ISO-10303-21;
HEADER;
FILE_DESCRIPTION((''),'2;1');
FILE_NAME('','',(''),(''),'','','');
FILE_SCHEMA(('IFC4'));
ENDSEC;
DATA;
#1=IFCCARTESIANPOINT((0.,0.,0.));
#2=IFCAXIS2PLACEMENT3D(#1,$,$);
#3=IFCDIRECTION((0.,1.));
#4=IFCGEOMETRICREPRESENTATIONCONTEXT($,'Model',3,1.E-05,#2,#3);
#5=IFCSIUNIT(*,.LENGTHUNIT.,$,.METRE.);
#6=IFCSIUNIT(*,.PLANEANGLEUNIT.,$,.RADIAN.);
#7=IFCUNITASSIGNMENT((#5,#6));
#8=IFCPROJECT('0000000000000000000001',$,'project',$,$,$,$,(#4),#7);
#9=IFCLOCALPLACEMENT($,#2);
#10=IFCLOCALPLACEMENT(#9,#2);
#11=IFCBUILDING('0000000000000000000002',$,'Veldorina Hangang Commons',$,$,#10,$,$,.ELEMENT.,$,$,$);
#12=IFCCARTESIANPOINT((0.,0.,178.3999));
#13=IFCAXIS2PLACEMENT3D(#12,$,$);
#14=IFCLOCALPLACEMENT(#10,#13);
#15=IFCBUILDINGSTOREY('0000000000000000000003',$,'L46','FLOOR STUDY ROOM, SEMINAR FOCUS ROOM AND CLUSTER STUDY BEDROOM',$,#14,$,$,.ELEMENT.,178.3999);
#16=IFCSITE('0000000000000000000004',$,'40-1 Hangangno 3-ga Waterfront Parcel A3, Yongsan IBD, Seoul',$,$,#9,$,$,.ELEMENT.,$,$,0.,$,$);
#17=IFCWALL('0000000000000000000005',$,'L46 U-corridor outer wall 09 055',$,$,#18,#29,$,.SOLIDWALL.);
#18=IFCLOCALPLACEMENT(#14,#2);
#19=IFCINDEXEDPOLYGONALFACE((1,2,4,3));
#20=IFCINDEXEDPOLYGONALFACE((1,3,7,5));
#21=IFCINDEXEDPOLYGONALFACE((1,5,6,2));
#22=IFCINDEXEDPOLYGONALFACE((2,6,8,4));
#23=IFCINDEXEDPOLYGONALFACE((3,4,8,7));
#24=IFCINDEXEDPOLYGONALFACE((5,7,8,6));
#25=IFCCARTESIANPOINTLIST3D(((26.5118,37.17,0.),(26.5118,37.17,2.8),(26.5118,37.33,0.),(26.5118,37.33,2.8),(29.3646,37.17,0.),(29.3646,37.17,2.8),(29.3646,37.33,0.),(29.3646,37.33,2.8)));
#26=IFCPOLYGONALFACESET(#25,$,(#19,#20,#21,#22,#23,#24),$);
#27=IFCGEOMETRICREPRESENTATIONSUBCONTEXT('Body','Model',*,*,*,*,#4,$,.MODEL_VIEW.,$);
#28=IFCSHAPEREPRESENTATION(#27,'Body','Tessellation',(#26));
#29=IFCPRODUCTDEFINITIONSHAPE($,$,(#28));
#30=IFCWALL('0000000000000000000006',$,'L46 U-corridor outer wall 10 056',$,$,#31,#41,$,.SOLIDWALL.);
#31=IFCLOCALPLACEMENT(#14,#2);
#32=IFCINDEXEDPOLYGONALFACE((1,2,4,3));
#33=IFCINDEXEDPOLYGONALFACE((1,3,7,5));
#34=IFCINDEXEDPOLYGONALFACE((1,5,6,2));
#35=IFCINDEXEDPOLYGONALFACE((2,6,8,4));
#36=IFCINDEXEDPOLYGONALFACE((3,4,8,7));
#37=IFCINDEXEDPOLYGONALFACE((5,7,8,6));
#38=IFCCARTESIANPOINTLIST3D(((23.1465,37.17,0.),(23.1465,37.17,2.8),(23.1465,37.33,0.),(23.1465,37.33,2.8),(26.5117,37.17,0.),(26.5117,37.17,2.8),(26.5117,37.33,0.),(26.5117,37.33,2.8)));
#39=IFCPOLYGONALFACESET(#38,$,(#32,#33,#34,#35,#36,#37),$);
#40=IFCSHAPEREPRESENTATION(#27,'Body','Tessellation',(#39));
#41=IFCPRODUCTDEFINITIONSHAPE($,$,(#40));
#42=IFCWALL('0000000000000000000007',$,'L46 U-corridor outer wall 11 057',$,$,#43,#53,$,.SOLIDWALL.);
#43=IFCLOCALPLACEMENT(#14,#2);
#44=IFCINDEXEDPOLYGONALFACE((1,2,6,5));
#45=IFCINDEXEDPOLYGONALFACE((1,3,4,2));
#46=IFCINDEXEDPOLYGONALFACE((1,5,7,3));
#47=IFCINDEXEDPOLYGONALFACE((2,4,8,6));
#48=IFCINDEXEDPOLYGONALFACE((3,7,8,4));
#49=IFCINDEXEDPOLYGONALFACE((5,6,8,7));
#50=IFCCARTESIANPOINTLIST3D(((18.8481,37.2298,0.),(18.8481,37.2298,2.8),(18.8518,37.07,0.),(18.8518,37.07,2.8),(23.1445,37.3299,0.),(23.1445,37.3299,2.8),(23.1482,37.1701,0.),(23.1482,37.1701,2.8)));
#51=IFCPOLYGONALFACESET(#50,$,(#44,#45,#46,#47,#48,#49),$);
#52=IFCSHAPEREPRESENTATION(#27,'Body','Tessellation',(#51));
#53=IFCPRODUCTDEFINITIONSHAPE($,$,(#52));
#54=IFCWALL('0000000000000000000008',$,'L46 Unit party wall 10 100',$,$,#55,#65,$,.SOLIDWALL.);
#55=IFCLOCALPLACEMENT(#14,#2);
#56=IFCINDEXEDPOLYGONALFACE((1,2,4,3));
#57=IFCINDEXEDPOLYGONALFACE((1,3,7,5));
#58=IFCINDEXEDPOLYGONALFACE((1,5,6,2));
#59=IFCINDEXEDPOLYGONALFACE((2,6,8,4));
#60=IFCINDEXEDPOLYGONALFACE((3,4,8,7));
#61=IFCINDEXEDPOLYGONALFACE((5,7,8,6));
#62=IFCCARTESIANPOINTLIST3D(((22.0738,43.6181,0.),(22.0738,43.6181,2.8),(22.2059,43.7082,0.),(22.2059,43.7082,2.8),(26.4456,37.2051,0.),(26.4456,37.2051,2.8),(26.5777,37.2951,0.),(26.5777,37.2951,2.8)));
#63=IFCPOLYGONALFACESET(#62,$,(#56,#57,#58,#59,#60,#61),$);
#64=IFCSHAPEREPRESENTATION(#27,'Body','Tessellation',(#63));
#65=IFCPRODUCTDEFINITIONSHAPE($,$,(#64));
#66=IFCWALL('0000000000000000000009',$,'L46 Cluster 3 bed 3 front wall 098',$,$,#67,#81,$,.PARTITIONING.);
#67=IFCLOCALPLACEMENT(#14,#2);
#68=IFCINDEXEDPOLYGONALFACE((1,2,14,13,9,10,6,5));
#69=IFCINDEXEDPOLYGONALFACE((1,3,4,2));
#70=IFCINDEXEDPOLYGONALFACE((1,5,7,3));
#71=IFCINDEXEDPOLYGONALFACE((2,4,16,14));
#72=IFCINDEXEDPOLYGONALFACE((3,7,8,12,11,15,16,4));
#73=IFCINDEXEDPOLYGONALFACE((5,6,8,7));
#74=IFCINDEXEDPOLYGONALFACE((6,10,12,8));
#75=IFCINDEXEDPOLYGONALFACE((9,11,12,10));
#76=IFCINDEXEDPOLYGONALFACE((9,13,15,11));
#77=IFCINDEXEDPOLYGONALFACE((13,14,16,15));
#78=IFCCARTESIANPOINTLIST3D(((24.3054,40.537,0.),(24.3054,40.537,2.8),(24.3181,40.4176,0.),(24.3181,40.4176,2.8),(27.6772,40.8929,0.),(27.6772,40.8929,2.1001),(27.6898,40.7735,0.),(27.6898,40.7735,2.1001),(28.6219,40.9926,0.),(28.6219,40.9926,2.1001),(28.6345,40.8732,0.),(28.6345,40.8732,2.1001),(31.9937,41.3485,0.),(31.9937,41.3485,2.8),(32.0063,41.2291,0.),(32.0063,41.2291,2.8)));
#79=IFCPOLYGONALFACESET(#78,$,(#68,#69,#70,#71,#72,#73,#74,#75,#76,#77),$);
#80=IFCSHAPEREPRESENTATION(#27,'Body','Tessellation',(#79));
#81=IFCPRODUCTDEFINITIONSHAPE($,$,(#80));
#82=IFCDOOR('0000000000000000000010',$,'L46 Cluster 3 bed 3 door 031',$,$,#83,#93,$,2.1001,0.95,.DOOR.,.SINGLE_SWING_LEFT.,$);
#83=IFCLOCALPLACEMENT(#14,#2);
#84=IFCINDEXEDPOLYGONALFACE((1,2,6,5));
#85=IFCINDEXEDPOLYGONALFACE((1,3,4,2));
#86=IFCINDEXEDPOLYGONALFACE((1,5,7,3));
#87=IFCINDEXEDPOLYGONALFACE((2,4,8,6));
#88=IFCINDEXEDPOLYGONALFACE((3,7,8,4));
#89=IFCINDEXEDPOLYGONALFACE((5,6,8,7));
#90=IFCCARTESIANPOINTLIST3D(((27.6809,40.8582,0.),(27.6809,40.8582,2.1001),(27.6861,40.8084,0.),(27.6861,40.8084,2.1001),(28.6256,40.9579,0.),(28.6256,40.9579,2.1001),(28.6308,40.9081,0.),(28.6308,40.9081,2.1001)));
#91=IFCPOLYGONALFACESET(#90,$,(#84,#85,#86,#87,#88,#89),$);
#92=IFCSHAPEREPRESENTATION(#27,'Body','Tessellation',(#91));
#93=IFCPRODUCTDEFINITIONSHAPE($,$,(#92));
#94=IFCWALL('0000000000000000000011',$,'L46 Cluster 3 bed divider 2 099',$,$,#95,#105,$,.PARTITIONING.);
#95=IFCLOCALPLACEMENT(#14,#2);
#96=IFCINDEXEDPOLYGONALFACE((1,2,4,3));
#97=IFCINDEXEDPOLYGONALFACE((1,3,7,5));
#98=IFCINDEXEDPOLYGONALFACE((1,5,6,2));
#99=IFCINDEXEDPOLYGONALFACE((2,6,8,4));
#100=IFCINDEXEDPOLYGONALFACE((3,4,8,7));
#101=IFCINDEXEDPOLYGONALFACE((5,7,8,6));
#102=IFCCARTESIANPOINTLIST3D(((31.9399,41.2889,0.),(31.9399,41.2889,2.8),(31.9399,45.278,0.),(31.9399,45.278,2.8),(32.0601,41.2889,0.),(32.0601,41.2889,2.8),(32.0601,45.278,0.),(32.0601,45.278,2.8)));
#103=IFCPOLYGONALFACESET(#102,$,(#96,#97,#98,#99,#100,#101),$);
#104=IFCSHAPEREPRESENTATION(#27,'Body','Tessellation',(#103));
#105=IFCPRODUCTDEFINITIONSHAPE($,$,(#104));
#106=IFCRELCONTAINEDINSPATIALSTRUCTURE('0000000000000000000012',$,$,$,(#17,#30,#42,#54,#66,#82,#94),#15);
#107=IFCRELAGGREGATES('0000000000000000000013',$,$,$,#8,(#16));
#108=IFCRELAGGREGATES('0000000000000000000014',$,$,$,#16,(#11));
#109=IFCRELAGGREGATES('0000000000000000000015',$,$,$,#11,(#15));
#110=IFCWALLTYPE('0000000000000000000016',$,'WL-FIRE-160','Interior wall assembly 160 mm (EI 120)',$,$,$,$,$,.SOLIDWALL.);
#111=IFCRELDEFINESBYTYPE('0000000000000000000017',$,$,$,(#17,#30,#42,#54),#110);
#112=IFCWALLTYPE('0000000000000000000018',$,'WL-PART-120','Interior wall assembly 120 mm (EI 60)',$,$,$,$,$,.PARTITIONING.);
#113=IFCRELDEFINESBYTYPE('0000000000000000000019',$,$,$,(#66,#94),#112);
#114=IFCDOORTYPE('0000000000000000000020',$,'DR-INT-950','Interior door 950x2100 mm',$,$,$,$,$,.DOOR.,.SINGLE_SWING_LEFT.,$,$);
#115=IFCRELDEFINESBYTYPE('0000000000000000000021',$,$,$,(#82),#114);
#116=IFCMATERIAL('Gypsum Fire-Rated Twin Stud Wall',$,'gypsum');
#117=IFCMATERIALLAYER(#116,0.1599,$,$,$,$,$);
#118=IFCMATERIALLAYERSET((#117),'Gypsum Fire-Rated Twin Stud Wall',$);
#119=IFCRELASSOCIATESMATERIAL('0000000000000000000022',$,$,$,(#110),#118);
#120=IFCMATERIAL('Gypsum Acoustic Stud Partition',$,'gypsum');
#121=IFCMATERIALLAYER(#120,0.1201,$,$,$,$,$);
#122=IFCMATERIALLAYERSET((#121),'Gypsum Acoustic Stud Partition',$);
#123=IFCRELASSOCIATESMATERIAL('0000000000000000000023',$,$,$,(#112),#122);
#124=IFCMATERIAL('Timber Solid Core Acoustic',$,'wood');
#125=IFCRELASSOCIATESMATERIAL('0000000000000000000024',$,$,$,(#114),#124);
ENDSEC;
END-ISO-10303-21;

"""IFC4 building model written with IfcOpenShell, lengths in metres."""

from ifc_helpers import new_model, si_unit, direction, frame, frame_2d, origin, place, context, subcontext, project, spatial, rectangle, extrude, material, layer, layer_set, type_object, element, fill, save


model = new_model("IFC4")

# Units and contexts
model_context = context("Model", 3, precision=1e-05, world=origin(), true_north=direction((0.0, 1.0)))
body_context = subcontext(model_context, "Body", "Model", "MODEL_VIEW")
ifc_project = project(units=[si_unit("LENGTHUNIT", "METRE"), si_unit("PLANEANGLEUNIT", "RADIAN")], contexts=[model_context])

# Site, building, storey
site_placement = place(None, origin())
site = spatial("IfcSite", under=ifc_project, at=site_placement, Name="40-1 Hangangno 3-ga Waterfront Parcel A3, Yongsan IBD, Seoul", CompositionType="ELEMENT", RefElevation=0.0)
building_placement = place(site_placement, origin())
building = spatial("IfcBuilding", under=site, at=building_placement, Name="Veldorina Hangang Commons", CompositionType="ELEMENT")
storey_placement = place(building_placement, frame((0.0, 0.0, 178.3999)))
storey = spatial("IfcBuildingStorey", under=building, at=storey_placement, Name="L46", Description="FLOOR STUDY ROOM, SEMINAR FOCUS ROOM AND CLUSTER STUDY BEDROOM", CompositionType="ELEMENT", Elevation=178.3999)

# Walls
ifc_material_1 = material(Name="Gypsum Fire-Rated Twin Stud Wall", Category="gypsum")
ifc_layer_1 = layer(ifc_material_1, 0.1599)
ifc_layer_set_1 = layer_set([ifc_layer_1], Name="Gypsum Fire-Rated Twin Stud Wall")
wall_type_1 = type_object("IfcWallType", Name="WL-FIRE-160", Description="Interior wall assembly 160 mm (EI 120)", PredefinedType="SOLIDWALL", material=ifc_layer_set_1)
wall_1_placement = place(storey_placement, frame((29.3645, 37.25, 0.0), z_axis=(0.0, 0.0, 1.0), x_axis=(-1.0, 0.0, 0.0)))
element("IfcWall", 1, at=wall_1_placement, inside=storey, type_object=wall_type_1, Name="L46 U-corridor outer wall 09 055", PredefinedType="SOLIDWALL", context=body_context, shape_type="SweptSolid", body=[
    extrude(rectangle(XDim=2.8528, YDim=0.1599, at=frame_2d((1.4263, 0.0))), origin(), (0.0, 0.0, 1.0), 2.8),
])
wall_2_placement = place(storey_placement, frame((26.5117, 37.25, 0.0), z_axis=(0.0, 0.0, 1.0), x_axis=(-1.0, 0.0, 0.0)))
element("IfcWall", 2, at=wall_2_placement, inside=storey, type_object=wall_type_1, Name="L46 U-corridor outer wall 10 056", PredefinedType="SOLIDWALL", context=body_context, shape_type="SweptSolid", body=[
    extrude(rectangle(XDim=3.3652, YDim=0.1599, at=frame_2d((1.6826, 0.0))), origin(), (0.0, 0.0, 1.0), 2.8),
])
wall_3_placement = place(storey_placement, frame((23.1465, 37.25, 0.0), z_axis=(0.0, 0.0, 1.0), x_axis=(-0.999729, -0.023292, 0.0)))
element("IfcWall", 3, at=wall_3_placement, inside=storey, type_object=wall_type_1, Name="L46 U-corridor outer wall 11 057", PredefinedType="SOLIDWALL", context=body_context, shape_type="SweptSolid", body=[
    extrude(rectangle(XDim=4.2976, YDim=0.1599, at=frame_2d((2.1489, 0.0))), origin(), (0.0, 0.0, 1.0), 2.8),
])
wall_4_placement = place(storey_placement, frame((26.5117, 37.25, 0.0), z_axis=(0.0, 0.0, 1.0), x_axis=(-0.563272, 0.826271, 0.0)))
element("IfcWall", 4, at=wall_4_placement, inside=storey, type_object=wall_type_1, Name="L46 Unit party wall 10 100", PredefinedType="SOLIDWALL", context=body_context, shape_type="SweptSolid", body=[
    extrude(rectangle(XDim=7.7615, YDim=0.1599, at=frame_2d((3.8809, 0.0))), origin(), (0.0, 0.0, 1.0), 2.8),
])

# Wall, opening, door
ifc_material_2 = material(Name="Gypsum Acoustic Stud Partition", Category="gypsum")
ifc_layer_2 = layer(ifc_material_2, 0.1201)
ifc_layer_set_2 = layer_set([ifc_layer_2], Name="Gypsum Acoustic Stud Partition")
wall_type_2 = type_object("IfcWallType", Name="WL-PART-120", Description="Interior wall assembly 120 mm (EI 60)", PredefinedType="PARTITIONING", material=ifc_layer_set_2)
wall_5_placement = place(storey_placement, frame((32.0, 41.2888, 0.0), z_axis=(0.0, 0.0, 1.0), x_axis=(-0.994475, -0.104971, 0.0)))
wall_5 = element("IfcWall", 5, at=wall_5_placement, inside=storey, type_object=wall_type_2, Name="L46 Cluster 3 bed 3 front wall 098", PredefinedType="PARTITIONING", context=body_context, shape_type="SweptSolid", body=[
    extrude(rectangle(XDim=7.731, YDim=0.1201, at=frame_2d((3.8655, 0.0))), origin(), (0.0, 0.0, 1.0), 2.8),
])
opening_1_placement = place(wall_5_placement, frame((3.3904, 0.0, 0.0)))
opening_1 = element("IfcOpeningElement", 6, at=opening_1_placement, cuts=wall_5, PredefinedType="OPENING", context=body_context, shape_type="SweptSolid", body=[
    extrude(rectangle(XDim=0.95, YDim=2.1001, at=frame_2d((0.4751, 1.05))), frame((0.0, 0.0701, 0.0), z_axis=(0.0, -1.0, 0.0), x_axis=(1.0, 0.0, 0.0)), (0.0, 0.0, 1.0), 0.1401),
])
ifc_material_3 = material(Name="Timber Solid Core Acoustic", Category="wood")
door_type = type_object("IfcDoorType", Name="DR-INT-950", Description="Interior door 950x2100 mm", OperationType="SINGLE_SWING_LEFT", PredefinedType="DOOR", material=ifc_material_3)
door_placement = place(opening_1_placement, origin())
door = element("IfcDoor", 7, at=door_placement, inside=storey, type_object=door_type, Name="L46 Cluster 3 bed 3 door 031", OperationType="SINGLE_SWING_LEFT", OverallHeight=2.1001, OverallWidth=0.95, PredefinedType="DOOR", context=body_context, shape_type="SweptSolid", body=[
    extrude(rectangle(XDim=0.95, YDim=2.1001, at=frame_2d((0.4751, 1.05))), frame((0.0, 0.0249, 0.0), z_axis=(0.0, -1.0, 0.0), x_axis=(1.0, 0.0, 0.0)), (0.0, 0.0, 1.0), 0.05),
])
fill(opening_1, door)

# Wall
wall_6_placement = place(storey_placement, frame((32.0, 41.2888, 0.0), z_axis=(0.0, 0.0, 1.0), x_axis=(0.0, 1.0, 0.0)))
element("IfcWall", 8, at=wall_6_placement, inside=storey, type_object=wall_type_2, Name="L46 Cluster 3 bed divider 2 099", PredefinedType="PARTITIONING", context=body_context, shape_type="SweptSolid", body=[
    extrude(rectangle(XDim=3.989, YDim=0.1201, at=frame_2d((1.9946, 0.0))), origin(), (0.0, 0.0, 1.0), 2.8),
])

save(model, "model.ifc")
